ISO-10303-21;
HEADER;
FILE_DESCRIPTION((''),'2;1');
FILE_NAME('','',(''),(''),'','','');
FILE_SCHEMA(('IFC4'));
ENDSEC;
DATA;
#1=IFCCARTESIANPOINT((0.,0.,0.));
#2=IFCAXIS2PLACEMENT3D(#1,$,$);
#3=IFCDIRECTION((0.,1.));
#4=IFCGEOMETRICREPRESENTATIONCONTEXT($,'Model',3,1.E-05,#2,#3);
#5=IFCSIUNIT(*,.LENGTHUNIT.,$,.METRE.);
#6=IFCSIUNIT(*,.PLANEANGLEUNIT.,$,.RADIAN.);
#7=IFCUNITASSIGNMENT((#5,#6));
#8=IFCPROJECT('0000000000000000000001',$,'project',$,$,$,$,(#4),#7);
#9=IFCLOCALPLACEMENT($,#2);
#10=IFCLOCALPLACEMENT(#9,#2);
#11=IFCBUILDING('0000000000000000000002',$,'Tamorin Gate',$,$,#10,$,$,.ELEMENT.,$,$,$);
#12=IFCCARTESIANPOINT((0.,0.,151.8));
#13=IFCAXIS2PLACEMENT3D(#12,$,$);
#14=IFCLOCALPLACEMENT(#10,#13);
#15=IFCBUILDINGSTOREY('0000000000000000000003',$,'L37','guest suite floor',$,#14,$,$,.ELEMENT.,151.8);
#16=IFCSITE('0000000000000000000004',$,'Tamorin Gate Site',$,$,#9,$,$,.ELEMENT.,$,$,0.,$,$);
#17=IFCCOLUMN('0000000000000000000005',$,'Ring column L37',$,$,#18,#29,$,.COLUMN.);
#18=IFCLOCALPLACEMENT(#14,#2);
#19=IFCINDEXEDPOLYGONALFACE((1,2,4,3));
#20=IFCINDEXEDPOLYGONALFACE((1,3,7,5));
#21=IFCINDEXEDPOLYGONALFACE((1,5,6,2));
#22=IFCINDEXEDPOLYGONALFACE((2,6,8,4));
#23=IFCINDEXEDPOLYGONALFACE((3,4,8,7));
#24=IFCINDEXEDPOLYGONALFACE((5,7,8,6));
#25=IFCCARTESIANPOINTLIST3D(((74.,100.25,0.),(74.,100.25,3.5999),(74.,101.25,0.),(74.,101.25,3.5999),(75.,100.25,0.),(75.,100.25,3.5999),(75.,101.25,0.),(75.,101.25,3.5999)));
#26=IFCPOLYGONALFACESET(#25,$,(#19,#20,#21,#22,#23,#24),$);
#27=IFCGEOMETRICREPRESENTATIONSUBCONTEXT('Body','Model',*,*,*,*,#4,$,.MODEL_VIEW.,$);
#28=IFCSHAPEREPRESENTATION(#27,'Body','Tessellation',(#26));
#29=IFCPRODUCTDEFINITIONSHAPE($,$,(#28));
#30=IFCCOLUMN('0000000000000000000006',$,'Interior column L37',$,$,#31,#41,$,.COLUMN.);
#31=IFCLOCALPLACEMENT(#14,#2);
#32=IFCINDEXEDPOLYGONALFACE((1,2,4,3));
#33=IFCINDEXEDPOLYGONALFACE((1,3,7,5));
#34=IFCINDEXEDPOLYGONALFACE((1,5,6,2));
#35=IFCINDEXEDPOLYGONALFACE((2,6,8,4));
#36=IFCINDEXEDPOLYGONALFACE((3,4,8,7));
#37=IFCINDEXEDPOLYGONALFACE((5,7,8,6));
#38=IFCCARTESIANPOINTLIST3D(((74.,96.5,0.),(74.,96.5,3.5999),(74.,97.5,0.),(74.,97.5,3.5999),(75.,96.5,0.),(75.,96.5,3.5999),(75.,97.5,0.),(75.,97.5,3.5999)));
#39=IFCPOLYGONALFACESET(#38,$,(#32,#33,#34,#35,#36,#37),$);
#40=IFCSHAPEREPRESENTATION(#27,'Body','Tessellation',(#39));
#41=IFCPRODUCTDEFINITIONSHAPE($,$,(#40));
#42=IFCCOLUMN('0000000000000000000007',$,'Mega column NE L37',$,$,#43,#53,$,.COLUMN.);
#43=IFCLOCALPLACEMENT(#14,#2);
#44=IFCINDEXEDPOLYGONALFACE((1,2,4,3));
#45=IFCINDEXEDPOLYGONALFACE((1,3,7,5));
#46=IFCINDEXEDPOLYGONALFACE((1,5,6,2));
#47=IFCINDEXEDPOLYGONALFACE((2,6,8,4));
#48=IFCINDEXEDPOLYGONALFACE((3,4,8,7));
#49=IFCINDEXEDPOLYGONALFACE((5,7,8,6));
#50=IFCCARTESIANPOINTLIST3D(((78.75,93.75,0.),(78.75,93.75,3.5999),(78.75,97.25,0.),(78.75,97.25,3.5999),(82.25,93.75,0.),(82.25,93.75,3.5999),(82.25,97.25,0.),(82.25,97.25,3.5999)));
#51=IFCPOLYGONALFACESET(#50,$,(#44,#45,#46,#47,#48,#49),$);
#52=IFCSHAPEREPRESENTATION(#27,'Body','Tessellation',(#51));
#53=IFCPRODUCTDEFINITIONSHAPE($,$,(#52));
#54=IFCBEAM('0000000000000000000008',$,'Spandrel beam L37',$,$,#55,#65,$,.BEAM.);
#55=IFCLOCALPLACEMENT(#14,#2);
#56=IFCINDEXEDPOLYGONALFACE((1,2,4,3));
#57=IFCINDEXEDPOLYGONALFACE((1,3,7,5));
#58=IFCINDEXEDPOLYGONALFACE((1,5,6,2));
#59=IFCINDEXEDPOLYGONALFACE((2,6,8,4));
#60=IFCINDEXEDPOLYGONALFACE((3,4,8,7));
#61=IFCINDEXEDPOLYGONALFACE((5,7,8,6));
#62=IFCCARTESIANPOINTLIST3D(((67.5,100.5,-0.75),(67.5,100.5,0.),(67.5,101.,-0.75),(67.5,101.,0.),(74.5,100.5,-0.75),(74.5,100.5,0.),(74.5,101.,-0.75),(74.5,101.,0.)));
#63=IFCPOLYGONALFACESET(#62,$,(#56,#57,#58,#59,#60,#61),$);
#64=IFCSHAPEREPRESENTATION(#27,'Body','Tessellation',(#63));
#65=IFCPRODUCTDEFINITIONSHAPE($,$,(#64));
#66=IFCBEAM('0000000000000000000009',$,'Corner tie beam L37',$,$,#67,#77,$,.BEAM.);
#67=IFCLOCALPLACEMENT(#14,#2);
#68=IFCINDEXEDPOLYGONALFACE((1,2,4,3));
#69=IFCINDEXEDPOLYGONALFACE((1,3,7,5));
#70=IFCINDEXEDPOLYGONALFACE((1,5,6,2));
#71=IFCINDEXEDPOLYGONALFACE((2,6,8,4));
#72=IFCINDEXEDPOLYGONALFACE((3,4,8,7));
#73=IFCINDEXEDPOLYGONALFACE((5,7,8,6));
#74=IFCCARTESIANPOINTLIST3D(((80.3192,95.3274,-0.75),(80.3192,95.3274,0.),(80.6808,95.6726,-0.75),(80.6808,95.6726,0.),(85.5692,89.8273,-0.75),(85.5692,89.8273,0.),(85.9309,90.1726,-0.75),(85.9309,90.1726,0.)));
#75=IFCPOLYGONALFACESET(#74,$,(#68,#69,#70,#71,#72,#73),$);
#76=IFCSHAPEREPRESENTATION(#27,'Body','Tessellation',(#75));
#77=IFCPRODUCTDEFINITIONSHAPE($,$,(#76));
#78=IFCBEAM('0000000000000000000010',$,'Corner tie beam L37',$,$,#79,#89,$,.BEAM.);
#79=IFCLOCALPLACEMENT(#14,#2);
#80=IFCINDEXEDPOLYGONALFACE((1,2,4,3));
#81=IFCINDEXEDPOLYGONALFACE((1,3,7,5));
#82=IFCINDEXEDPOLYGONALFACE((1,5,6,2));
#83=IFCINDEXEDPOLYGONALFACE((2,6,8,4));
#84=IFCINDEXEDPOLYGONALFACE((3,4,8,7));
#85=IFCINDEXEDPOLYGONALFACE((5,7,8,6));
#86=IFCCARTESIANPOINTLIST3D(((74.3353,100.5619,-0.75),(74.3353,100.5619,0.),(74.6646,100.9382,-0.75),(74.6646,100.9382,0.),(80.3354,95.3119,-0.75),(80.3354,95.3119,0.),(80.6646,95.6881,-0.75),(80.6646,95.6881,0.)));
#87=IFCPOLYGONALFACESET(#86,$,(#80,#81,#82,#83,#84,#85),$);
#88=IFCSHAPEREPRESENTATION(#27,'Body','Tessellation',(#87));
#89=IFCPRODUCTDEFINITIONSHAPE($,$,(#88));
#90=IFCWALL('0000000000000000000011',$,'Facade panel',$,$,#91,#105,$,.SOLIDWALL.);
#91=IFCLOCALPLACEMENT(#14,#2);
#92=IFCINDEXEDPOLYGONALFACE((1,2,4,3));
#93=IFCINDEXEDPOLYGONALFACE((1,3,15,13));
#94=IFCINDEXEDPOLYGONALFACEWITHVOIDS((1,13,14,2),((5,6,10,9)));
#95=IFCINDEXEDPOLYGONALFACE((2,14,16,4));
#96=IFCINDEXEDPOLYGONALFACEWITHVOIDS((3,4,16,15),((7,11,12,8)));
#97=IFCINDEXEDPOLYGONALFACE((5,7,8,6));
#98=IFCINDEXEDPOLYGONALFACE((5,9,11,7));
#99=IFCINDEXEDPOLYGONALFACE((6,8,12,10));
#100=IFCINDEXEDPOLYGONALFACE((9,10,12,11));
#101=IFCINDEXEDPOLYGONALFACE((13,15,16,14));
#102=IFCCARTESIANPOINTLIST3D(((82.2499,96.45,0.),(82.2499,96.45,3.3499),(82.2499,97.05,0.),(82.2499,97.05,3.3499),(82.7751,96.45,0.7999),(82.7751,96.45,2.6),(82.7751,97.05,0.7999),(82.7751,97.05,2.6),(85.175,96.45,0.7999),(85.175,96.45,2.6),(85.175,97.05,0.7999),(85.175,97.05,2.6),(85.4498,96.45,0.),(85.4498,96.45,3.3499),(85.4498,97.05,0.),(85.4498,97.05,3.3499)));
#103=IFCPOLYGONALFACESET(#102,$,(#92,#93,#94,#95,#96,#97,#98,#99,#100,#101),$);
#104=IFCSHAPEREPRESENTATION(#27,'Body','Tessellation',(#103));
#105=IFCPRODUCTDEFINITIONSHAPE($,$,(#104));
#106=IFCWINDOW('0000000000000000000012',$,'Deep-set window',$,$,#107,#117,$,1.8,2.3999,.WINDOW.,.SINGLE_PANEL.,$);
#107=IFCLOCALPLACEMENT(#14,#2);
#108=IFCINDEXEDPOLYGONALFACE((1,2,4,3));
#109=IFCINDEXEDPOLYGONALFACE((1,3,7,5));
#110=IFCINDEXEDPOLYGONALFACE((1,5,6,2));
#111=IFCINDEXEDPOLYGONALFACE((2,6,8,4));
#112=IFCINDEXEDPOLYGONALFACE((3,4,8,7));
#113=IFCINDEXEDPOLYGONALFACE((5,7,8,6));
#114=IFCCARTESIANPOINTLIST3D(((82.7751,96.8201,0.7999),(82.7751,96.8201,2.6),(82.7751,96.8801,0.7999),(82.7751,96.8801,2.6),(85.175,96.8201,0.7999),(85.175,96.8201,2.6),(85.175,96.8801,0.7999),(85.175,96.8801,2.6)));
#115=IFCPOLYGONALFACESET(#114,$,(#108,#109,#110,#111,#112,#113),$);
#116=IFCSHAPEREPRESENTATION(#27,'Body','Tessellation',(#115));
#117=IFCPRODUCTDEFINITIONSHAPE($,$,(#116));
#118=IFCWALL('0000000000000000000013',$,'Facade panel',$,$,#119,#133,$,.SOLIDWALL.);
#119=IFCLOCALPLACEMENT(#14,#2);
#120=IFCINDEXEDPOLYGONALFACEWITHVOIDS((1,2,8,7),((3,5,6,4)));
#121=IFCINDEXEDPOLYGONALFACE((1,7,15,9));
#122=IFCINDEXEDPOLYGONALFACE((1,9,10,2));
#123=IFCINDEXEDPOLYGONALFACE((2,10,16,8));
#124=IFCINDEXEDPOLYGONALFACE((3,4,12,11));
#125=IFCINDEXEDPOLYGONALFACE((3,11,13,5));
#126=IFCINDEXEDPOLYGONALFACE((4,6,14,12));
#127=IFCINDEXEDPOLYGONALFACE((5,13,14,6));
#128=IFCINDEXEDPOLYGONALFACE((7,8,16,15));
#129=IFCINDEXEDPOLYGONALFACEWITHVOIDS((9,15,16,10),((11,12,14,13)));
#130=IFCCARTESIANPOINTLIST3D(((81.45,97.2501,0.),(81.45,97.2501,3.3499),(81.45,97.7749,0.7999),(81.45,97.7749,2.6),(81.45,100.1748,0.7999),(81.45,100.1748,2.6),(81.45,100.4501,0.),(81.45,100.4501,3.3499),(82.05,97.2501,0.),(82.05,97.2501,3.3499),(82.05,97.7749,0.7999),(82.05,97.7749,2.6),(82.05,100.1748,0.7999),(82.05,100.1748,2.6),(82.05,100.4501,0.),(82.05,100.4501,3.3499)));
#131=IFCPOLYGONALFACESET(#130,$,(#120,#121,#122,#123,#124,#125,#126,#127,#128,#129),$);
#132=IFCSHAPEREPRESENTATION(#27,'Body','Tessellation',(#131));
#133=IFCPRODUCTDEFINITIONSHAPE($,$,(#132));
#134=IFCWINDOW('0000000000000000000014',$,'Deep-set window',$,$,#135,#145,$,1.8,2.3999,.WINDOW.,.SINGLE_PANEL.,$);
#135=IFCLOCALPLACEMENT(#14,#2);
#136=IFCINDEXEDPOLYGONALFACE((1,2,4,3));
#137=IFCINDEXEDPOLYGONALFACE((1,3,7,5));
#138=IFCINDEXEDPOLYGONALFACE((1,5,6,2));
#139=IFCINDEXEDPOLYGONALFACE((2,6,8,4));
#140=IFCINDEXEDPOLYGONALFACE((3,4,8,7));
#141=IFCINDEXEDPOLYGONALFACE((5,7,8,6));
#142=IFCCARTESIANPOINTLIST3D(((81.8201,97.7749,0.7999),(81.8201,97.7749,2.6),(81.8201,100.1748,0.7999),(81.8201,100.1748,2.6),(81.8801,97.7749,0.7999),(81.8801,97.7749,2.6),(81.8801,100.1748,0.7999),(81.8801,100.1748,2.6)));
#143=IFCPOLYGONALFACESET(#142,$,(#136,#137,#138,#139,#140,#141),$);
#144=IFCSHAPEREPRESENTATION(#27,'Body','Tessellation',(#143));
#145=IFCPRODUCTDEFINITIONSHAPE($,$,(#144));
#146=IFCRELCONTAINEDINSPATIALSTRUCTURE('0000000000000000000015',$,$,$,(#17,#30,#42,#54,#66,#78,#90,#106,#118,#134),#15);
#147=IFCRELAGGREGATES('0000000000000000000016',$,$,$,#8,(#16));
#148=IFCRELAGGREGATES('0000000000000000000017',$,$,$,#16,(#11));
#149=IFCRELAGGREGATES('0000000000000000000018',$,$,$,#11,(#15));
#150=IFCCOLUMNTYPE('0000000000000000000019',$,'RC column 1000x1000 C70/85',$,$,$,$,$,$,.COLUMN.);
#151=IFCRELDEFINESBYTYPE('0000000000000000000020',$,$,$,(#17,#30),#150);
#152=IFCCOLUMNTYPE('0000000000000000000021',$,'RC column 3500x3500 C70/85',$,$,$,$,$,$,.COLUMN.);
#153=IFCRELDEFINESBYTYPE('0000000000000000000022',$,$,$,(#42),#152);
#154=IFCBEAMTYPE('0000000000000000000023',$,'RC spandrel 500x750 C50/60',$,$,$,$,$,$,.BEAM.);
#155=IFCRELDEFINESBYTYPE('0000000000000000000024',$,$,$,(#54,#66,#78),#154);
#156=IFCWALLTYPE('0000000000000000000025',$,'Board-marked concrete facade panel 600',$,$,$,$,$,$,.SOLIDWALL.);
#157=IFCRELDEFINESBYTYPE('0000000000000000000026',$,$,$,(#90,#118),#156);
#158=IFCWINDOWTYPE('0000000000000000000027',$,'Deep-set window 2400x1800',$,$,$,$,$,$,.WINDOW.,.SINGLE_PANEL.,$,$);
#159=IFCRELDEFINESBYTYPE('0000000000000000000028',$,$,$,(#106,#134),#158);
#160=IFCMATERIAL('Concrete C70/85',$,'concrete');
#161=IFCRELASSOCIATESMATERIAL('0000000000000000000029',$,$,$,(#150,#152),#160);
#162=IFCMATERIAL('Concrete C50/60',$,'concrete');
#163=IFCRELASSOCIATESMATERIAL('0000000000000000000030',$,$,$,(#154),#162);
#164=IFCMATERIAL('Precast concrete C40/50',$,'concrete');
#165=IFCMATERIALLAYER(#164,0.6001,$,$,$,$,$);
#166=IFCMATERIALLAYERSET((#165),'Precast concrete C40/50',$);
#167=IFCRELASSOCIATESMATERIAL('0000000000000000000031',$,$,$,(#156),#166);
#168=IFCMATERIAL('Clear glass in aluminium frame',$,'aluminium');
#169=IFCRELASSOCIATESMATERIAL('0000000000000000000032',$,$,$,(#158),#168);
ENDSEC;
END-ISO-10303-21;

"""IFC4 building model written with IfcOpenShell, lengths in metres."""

from ifc_helpers import new_model, si_unit, direction, frame, frame_2d, origin, origin_2d, place, context, subcontext, project, spatial, rectangle, extrude, material, layer, layer_set, material_profile, profile_set, type_object, element, fill, save


model = new_model("IFC4")

# Units and contexts
model_context = context("Model", 3, precision=1e-05, world=origin(), true_north=direction((0.0, 1.0)))
body_context = subcontext(model_context, "Body", "Model", "MODEL_VIEW")
ifc_project = project(units=[si_unit("LENGTHUNIT", "METRE"), si_unit("PLANEANGLEUNIT", "RADIAN")], contexts=[model_context])

# Site, building, storey
site_placement = place(None, origin())
site = spatial("IfcSite", under=ifc_project, at=site_placement, Name="Tamorin Gate Site", CompositionType="ELEMENT", RefElevation=0.0)
building_placement = place(site_placement, origin())
building = spatial("IfcBuilding", under=site, at=building_placement, Name="Tamorin Gate", CompositionType="ELEMENT")
storey_placement = place(building_placement, frame((0.0, 0.0, 151.8)))
storey = spatial("IfcBuildingStorey", under=building, at=storey_placement, Name="L37", Description="guest suite floor", CompositionType="ELEMENT", Elevation=151.8)

# Columns
ifc_material_1 = material(Name="Concrete C70/85", Category="concrete")
ifc_material_profile_1 = material_profile(ifc_material_1, rectangle(XDim=1.0, YDim=1.0, at=origin_2d()), Name="RC 1000x1000")
ifc_profile_set_1 = profile_set([ifc_material_profile_1], Name="Concrete C70/85")
column_type_1 = type_object("IfcColumnType", Name="RC column 1000x1000 C70/85", PredefinedType="COLUMN", material=ifc_profile_set_1)
for number, where, z_axis, x_axis, name in (
    (1, (74.5, 100.75, 0.0), (0.0, 0.0, 1.0), (1.0, 0.0, 0.0), "Ring column L37"),
    (2, (74.5, 97.0, 0.0), (0.0, 0.0, 1.0), (1.0, 0.0, 0.0), "Interior column L37"),
):
    element("IfcColumn", number, at=place(storey_placement, frame(where, z_axis=z_axis, x_axis=x_axis)), inside=storey, type_object=column_type_1, Name=name, PredefinedType="COLUMN", context=body_context, shape_type="SweptSolid", body=[
        extrude(rectangle(XDim=1.0, YDim=1.0, at=origin_2d()), origin(), (0.0, 0.0, 1.0), 3.5999),
    ])
ifc_material_profile_2 = material_profile(ifc_material_1, rectangle(XDim=3.5, YDim=3.5, at=origin_2d()), Name="RC 3500x3500")
ifc_profile_set_2 = profile_set([ifc_material_profile_2], Name="Concrete C70/85")
column_type_2 = type_object("IfcColumnType", Name="RC column 3500x3500 C70/85", PredefinedType="COLUMN", material=ifc_profile_set_2)
column_placement = place(storey_placement, frame((80.5, 95.5, 0.0), z_axis=(0.0, 0.0, 1.0), x_axis=(1.0, 0.0, 0.0)))
element("IfcColumn", 3, at=column_placement, inside=storey, type_object=column_type_2, Name="Mega column NE L37", PredefinedType="COLUMN", context=body_context, shape_type="SweptSolid", body=[
    extrude(rectangle(XDim=3.5, YDim=3.5, at=origin_2d()), origin(), (0.0, 0.0, 1.0), 3.5999),
])

# Beams
ifc_material_2 = material(Name="Concrete C50/60", Category="concrete")
ifc_material_profile_3 = material_profile(ifc_material_2, rectangle(XDim=0.5, YDim=0.75, at=origin_2d()), Name="RC 500x750")
ifc_profile_set_3 = profile_set([ifc_material_profile_3], Name="Concrete C50/60")
beam_type = type_object("IfcBeamType", Name="RC spandrel 500x750 C50/60", PredefinedType="BEAM", material=ifc_profile_set_3)
beam_1_placement = place(storey_placement, frame((74.5, 100.75, -0.375), z_axis=(-1.0, 0.0, 0.0), x_axis=(0.0, -1.0, 0.0)))
element("IfcBeam", 4, at=beam_1_placement, inside=storey, type_object=beam_type, Name="Spandrel beam L37", PredefinedType="BEAM", context=body_context, shape_type="SweptSolid", body=[
    extrude(rectangle(XDim=0.5, YDim=0.75, at=origin_2d()), origin(), (0.0, 0.0, 1.0), 7.0),
])
beam_2_placement = place(storey_placement, frame((80.5, 95.5, -0.375), z_axis=(0.690476, -0.723356, 0.0), x_axis=(0.723356, 0.690476, 0.0)))
element("IfcBeam", 5, at=beam_2_placement, inside=storey, type_object=beam_type, Name="Corner tie beam L37", PredefinedType="BEAM", context=body_context, shape_type="SweptSolid", body=[
    extrude(rectangle(XDim=0.5, YDim=0.75, at=origin_2d()), origin(), (0.0, 0.0, 1.0), 7.6035),
])
beam_3_placement = place(storey_placement, frame((80.5, 95.5, -0.375), z_axis=(-0.752577, 0.658505, 0.0), x_axis=(-0.658505, -0.752577, 0.0)))
element("IfcBeam", 6, at=beam_3_placement, inside=storey, type_object=beam_type, Name="Corner tie beam L37", PredefinedType="BEAM", context=body_context, shape_type="SweptSolid", body=[
    extrude(rectangle(XDim=0.5, YDim=0.75, at=origin_2d()), origin(), (0.0, 0.0, 1.0), 7.9727),
])

# Walls, openings, windows
ifc_material_3 = material(Name="Precast concrete C40/50", Category="concrete")
ifc_layer_1 = layer(ifc_material_3, 0.6001)
ifc_layer_set_1 = layer_set([ifc_layer_1], Name="Precast concrete C40/50")
wall_type_1 = type_object("IfcWallType", Name="Board-marked concrete facade panel 600", PredefinedType="SOLIDWALL", material=ifc_layer_set_1)
wall_1_placement = place(storey_placement, frame((85.45, 96.75, 0.0), z_axis=(0.0, 0.0, 1.0), x_axis=(-1.0, 0.0, 0.0)))
wall_1 = element("IfcWall", 7, at=wall_1_placement, inside=storey, type_object=wall_type_1, Name="Facade panel", PredefinedType="SOLIDWALL", context=body_context, shape_type="SweptSolid", body=[
    extrude(rectangle(XDim=3.2, YDim=0.6001, at=frame_2d((1.6001, 0.0))), origin(), (0.0, 0.0, 1.0), 3.3499),
])
opening_1_placement = place(wall_1_placement, frame((0.2749, 0.0, 0.8)))
opening_1 = element("IfcOpeningElement", 8, at=opening_1_placement, cuts=wall_1, PredefinedType="OPENING", context=body_context, shape_type="SweptSolid", body=[
    extrude(rectangle(XDim=2.3999, YDim=1.8, at=frame_2d((1.2, 0.8999))), frame((0.0, 0.3101, 0.0), z_axis=(0.0, -1.0, 0.0), x_axis=(1.0, 0.0, 0.0)), (0.0, 0.0, 1.0), 0.6201),
])
ifc_material_4 = material(Name="Clear glass in aluminium frame", Category="aluminium")
window_type_1 = type_object("IfcWindowType", Name="Deep-set window 2400x1800", PartitioningType="SINGLE_PANEL", PredefinedType="WINDOW", material=ifc_material_4)
window_1_placement = place(opening_1_placement, origin())
window_1 = element("IfcWindow", 9, at=window_1_placement, inside=storey, type_object=window_type_1, Name="Deep-set window", OverallHeight=1.8, OverallWidth=2.3999, PartitioningType="SINGLE_PANEL", PredefinedType="WINDOW", context=body_context, shape_type="SweptSolid", body=[
    extrude(rectangle(XDim=2.3999, YDim=1.8, at=frame_2d((1.2, 0.8999))), frame((0.0, -0.0701, 0.0), z_axis=(0.0, -1.0, 0.0), x_axis=(1.0, 0.0, 0.0)), (0.0, 0.0, 1.0), 0.0601),
])
fill(opening_1, window_1)
wall_2_placement = place(storey_placement, frame((81.75, 97.25, 0.0), z_axis=(0.0, 0.0, 1.0), x_axis=(0.0, 1.0, 0.0)))
wall_2 = element("IfcWall", 10, at=wall_2_placement, inside=storey, type_object=wall_type_1, Name="Facade panel", PredefinedType="SOLIDWALL", context=body_context, shape_type="SweptSolid", body=[
    extrude(rectangle(XDim=3.2, YDim=0.6001, at=frame_2d((1.6001, 0.0))), origin(), (0.0, 0.0, 1.0), 3.3499),
])
opening_2_placement = place(wall_2_placement, frame((0.5249, 0.0, 0.8)))
opening_2 = element("IfcOpeningElement", 11, at=opening_2_placement, cuts=wall_2, PredefinedType="OPENING", context=body_context, shape_type="SweptSolid", body=[
    extrude(rectangle(XDim=2.3999, YDim=1.8, at=frame_2d((1.2, 0.8999))), frame((0.0, 0.3101, 0.0), z_axis=(0.0, -1.0, 0.0), x_axis=(1.0, 0.0, 0.0)), (0.0, 0.0, 1.0), 0.6201),
])
window_2_placement = place(opening_2_placement, origin())
window_2 = element("IfcWindow", 12, at=window_2_placement, inside=storey, type_object=window_type_1, Name="Deep-set window", OverallHeight=1.8, OverallWidth=2.3999, PartitioningType="SINGLE_PANEL", PredefinedType="WINDOW", context=body_context, shape_type="SweptSolid", body=[
    extrude(rectangle(XDim=2.3999, YDim=1.8, at=frame_2d((1.2, 0.8999))), frame((0.0, -0.0701, 0.0), z_axis=(0.0, -1.0, 0.0), x_axis=(1.0, 0.0, 0.0)), (0.0, 0.0, 1.0), 0.0601),
])
fill(opening_2, window_2)

save(model, "model.ifc")
